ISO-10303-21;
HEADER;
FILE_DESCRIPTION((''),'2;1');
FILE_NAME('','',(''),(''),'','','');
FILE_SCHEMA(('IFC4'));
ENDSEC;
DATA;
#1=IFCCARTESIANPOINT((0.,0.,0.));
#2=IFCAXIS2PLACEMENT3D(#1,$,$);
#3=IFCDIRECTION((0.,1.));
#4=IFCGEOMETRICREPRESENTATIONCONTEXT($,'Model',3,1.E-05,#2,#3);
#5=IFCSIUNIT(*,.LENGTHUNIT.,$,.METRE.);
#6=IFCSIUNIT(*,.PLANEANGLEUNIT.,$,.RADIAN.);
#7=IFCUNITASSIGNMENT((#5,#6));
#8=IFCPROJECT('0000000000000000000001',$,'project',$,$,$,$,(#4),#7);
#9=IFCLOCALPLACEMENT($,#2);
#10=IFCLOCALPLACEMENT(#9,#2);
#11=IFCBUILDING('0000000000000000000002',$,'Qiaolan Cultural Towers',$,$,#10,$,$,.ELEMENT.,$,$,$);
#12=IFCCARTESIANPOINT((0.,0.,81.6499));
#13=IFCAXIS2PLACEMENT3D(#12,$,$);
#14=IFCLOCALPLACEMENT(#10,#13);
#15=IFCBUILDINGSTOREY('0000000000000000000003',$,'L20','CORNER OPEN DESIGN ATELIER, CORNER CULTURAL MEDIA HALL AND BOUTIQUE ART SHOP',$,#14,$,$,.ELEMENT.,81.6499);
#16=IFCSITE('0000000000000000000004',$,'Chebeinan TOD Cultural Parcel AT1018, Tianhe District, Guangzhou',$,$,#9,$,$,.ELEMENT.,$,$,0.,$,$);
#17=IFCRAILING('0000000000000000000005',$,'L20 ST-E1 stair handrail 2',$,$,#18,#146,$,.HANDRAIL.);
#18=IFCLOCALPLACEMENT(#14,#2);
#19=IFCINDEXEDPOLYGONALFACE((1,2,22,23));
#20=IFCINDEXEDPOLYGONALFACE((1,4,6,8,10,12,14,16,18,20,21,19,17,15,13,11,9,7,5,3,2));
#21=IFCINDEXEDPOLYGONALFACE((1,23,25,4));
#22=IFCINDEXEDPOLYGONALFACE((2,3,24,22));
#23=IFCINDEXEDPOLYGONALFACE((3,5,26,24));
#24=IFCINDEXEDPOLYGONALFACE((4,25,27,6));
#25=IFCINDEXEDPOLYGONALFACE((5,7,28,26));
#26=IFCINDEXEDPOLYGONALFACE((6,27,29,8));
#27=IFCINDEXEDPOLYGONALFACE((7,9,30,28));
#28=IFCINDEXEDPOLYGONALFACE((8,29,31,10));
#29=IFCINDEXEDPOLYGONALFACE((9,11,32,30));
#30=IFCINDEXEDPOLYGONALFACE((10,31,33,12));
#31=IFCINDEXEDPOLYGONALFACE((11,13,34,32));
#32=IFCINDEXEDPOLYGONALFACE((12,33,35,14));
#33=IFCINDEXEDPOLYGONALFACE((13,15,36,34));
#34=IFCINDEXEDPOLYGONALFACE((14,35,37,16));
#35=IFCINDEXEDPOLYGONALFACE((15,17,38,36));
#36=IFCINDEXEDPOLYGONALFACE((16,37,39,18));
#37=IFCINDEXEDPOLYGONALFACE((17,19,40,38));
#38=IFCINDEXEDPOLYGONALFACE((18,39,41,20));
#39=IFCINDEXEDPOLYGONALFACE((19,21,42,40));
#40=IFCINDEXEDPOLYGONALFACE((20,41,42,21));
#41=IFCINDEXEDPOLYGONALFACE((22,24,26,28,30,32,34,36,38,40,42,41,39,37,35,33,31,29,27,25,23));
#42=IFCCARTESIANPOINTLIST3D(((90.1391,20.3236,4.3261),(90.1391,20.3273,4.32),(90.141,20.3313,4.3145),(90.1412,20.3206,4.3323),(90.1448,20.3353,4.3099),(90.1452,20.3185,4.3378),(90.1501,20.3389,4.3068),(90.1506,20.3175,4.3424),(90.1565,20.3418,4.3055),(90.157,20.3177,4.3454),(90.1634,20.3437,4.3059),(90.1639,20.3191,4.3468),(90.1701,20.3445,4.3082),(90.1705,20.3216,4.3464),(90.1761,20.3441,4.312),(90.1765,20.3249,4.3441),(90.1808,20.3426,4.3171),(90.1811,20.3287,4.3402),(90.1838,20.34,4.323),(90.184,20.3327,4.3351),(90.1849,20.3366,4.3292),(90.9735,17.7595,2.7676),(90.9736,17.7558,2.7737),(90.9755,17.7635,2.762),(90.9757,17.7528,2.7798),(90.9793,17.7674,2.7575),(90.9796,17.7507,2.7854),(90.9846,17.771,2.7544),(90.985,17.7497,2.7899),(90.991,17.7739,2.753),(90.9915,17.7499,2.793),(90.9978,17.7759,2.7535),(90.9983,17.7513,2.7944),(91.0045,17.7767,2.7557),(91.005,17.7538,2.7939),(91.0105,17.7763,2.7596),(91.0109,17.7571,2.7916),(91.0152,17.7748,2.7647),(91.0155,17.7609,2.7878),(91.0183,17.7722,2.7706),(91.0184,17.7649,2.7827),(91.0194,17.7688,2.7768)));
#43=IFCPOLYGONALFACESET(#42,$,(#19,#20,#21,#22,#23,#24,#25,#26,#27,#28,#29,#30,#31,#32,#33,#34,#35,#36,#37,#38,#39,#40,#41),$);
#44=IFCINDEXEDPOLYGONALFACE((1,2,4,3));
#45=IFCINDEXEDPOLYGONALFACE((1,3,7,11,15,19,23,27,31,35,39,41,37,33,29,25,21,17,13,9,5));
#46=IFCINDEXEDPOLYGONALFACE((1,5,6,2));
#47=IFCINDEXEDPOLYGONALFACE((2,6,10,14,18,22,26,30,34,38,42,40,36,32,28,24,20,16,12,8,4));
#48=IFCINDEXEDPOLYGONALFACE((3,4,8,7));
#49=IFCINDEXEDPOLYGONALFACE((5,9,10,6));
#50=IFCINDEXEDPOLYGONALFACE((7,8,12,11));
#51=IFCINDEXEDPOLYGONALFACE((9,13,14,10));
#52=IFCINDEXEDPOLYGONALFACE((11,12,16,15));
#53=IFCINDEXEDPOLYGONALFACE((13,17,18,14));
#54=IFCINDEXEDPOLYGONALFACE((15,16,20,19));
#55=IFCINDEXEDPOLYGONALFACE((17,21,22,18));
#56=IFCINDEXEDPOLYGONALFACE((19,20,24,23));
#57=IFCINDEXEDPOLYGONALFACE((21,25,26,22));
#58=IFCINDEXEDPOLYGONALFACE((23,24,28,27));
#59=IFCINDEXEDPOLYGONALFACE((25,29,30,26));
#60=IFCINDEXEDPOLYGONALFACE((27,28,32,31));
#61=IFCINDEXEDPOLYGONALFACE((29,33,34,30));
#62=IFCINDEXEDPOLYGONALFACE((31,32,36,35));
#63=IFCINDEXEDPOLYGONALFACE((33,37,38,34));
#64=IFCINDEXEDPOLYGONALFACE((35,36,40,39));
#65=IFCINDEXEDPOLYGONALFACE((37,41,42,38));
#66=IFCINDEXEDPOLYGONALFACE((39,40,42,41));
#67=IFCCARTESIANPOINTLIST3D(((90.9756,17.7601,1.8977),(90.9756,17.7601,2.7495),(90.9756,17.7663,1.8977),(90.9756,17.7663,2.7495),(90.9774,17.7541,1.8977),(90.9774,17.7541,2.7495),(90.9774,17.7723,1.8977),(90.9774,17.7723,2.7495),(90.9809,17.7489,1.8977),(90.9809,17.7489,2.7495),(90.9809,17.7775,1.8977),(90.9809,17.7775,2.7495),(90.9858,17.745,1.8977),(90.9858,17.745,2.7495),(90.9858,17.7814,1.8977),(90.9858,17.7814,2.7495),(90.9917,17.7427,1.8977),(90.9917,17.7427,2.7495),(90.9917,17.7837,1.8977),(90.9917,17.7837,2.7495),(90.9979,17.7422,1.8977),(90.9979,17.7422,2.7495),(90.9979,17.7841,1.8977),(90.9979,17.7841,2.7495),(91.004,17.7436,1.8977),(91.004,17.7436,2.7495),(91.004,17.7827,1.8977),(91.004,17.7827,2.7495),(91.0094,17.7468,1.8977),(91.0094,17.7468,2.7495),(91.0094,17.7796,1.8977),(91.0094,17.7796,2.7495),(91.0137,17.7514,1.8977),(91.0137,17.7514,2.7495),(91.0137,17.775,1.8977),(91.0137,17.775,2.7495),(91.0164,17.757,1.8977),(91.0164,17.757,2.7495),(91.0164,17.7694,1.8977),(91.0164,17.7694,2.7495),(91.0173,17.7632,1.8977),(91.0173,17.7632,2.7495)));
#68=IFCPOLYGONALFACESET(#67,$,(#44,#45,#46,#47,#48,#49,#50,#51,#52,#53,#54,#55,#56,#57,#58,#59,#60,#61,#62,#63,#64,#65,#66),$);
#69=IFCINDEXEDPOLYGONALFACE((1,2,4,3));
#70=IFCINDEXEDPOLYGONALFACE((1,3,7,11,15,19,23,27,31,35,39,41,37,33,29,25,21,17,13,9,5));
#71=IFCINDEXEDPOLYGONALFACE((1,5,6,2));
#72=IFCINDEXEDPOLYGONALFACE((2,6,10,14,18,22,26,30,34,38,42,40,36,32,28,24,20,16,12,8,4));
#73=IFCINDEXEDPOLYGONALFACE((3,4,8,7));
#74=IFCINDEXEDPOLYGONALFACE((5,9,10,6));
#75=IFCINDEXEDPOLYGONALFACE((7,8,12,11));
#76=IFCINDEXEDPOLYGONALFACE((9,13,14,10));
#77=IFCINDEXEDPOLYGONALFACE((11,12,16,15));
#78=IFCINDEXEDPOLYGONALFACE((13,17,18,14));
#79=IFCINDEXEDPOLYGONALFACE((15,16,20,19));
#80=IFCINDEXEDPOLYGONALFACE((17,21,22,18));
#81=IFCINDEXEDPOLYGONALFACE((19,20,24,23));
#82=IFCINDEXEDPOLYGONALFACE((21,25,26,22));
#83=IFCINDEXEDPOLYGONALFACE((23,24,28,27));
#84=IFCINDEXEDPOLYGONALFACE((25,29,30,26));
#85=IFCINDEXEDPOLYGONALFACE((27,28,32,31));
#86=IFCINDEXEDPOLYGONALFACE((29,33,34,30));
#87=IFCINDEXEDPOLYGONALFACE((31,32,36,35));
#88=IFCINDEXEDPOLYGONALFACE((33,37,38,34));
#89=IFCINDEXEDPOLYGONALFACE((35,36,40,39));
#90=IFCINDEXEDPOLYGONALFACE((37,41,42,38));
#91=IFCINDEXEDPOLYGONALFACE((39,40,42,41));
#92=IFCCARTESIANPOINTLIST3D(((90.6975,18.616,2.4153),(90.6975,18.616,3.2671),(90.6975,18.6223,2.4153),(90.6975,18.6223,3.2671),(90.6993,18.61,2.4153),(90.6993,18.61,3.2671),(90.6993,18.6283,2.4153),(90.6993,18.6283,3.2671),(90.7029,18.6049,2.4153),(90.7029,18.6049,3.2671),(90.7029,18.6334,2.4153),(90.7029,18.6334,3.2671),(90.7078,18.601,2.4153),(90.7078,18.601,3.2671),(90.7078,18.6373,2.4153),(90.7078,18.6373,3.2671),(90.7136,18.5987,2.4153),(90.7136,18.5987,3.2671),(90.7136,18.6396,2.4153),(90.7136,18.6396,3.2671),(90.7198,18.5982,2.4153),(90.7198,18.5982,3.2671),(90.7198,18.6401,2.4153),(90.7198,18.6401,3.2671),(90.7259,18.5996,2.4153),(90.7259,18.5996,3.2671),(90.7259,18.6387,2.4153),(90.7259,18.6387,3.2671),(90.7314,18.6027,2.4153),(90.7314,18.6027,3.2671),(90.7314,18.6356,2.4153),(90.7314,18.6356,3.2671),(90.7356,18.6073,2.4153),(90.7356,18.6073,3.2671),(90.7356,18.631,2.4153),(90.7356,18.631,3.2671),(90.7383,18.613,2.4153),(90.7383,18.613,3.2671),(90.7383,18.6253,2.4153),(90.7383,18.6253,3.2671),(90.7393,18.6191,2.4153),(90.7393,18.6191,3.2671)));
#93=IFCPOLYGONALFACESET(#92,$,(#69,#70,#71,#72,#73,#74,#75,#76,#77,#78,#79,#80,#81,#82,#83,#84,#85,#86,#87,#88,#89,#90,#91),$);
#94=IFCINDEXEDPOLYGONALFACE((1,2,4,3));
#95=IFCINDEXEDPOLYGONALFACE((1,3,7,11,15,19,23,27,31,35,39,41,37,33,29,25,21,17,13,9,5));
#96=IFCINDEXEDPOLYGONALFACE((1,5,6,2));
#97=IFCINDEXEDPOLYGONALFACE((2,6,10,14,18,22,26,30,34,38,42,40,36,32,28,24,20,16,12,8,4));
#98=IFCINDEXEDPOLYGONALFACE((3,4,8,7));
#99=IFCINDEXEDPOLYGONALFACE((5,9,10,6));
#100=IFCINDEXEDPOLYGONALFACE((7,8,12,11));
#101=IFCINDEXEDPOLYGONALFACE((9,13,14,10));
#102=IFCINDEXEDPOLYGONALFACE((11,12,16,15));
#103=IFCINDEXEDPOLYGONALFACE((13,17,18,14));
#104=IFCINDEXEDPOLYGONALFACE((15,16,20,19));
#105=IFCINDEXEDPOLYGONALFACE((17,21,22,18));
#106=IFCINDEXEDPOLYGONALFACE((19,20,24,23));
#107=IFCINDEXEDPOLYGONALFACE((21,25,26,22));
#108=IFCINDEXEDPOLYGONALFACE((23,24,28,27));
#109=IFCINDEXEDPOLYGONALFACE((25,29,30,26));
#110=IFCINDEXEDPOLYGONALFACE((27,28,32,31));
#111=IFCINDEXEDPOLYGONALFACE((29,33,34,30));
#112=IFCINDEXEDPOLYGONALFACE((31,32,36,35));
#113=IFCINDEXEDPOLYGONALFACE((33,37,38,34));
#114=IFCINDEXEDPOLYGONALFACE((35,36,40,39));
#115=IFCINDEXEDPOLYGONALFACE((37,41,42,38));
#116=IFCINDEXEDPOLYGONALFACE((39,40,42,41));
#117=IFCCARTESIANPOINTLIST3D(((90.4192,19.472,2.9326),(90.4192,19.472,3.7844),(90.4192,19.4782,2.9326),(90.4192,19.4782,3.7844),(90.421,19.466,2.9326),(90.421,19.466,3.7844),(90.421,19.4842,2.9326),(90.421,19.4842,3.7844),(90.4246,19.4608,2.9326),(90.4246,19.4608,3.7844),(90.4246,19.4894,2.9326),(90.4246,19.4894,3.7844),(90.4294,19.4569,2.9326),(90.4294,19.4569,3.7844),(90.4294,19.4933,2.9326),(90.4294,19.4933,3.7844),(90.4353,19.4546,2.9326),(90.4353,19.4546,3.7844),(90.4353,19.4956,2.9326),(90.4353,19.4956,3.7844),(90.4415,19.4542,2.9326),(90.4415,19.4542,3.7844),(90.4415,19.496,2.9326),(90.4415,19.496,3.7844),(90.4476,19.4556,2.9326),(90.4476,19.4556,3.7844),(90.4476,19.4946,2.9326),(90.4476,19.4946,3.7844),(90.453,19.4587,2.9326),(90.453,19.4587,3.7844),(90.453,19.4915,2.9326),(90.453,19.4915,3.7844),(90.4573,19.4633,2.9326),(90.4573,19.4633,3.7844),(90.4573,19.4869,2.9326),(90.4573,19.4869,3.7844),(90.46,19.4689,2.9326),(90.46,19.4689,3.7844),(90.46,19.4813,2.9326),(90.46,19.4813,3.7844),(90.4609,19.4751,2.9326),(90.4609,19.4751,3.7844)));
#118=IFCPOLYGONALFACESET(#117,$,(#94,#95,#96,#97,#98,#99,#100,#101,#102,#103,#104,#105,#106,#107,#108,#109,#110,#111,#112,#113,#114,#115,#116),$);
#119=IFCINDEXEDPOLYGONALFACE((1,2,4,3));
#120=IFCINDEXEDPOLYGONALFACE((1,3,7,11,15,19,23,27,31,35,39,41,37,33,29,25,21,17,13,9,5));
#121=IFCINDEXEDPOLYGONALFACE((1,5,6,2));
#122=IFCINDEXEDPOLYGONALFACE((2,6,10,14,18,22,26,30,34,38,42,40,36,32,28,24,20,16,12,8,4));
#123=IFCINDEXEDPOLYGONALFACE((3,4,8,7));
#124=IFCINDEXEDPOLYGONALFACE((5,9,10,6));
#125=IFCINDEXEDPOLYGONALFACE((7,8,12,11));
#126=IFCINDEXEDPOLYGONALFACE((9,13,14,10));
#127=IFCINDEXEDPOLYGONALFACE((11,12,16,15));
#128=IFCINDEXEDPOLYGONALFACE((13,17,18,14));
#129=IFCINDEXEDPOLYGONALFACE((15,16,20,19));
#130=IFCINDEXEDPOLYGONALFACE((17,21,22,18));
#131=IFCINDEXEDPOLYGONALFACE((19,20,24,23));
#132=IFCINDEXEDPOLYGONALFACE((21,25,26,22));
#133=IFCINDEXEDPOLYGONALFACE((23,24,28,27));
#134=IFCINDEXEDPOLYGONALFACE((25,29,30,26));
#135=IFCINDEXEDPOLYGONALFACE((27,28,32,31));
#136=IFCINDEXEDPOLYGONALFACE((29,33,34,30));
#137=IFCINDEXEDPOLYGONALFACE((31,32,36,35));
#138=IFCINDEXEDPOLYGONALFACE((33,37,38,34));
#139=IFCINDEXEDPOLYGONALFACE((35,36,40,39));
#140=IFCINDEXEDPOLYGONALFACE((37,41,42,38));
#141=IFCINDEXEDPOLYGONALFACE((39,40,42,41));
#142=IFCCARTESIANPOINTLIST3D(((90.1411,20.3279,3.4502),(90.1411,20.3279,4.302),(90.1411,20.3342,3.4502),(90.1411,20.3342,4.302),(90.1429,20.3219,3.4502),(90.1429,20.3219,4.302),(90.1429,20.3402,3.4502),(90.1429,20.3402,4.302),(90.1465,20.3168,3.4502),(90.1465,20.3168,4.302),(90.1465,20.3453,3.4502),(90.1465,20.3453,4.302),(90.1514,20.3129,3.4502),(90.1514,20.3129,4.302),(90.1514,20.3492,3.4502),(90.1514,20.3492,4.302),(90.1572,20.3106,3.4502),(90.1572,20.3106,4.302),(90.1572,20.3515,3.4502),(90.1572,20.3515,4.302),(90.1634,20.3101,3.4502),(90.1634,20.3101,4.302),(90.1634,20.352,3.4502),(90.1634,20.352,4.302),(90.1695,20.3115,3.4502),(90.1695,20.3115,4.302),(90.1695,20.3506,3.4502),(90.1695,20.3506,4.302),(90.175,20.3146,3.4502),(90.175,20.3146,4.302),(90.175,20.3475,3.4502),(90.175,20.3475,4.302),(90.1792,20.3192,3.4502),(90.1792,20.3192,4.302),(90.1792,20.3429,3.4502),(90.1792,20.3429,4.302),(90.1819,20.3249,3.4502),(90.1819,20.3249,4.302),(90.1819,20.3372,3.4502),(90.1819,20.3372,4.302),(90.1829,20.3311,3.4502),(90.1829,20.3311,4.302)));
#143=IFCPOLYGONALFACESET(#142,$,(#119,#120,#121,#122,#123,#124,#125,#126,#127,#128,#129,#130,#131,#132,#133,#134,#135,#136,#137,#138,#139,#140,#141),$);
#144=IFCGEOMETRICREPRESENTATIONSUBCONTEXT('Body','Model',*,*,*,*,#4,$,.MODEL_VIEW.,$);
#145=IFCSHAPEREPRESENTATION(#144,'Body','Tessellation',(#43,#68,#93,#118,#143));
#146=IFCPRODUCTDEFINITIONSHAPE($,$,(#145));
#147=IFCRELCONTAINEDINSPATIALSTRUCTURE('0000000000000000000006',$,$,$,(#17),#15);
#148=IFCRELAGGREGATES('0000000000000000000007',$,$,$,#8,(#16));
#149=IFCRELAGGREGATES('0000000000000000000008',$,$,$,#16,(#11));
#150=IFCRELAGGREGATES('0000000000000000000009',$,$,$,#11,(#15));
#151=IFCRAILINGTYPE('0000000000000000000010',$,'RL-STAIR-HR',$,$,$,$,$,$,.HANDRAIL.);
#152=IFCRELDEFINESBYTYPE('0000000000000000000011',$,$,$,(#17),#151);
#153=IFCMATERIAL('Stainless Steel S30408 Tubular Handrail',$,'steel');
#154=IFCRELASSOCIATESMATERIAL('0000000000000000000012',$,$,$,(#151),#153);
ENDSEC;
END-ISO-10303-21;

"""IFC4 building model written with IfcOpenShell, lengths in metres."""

from ifc_helpers import new_model, si_unit, direction, frame, origin, origin_2d, place, context, subcontext, project, spatial, circle, extrude, material, type_object, element, save


model = new_model("IFC4")

# Units and contexts
model_context = context("Model", 3, precision=1e-05, world=origin(), true_north=direction((0.0, 1.0)))
body_context = subcontext(model_context, "Body", "Model", "MODEL_VIEW")
ifc_project = project(units=[si_unit("LENGTHUNIT", "METRE"), si_unit("PLANEANGLEUNIT", "RADIAN")], contexts=[model_context])

# Site, building, storey
site_placement = place(None, origin())
site = spatial("IfcSite", under=ifc_project, at=site_placement, Name="Chebeinan TOD Cultural Parcel AT1018, Tianhe District, Guangzhou", CompositionType="ELEMENT", RefElevation=0.0)
building_placement = place(site_placement, origin())
building = spatial("IfcBuilding", under=site, at=building_placement, Name="Qiaolan Cultural Towers", CompositionType="ELEMENT")
storey_placement = place(building_placement, frame((0.0, 0.0, 81.6499)))
storey = spatial("IfcBuildingStorey", under=building, at=storey_placement, Name="L20", Description="CORNER OPEN DESIGN ATELIER, CORNER CULTURAL MEDIA HALL AND BOUTIQUE ART SHOP", CompositionType="ELEMENT", Elevation=81.6499)

# Railing
ifc_material_1 = material(Name="Stainless Steel S30408 Tubular Handrail", Category="steel")
railing_type_1 = type_object("IfcRailingType", Name="RL-STAIR-HR", PredefinedType="HANDRAIL", material=ifc_material_1)
railing_1_placement = place(storey_placement, frame((90.9963, 17.7632, 1.8977)))
element("IfcRailing", 1, at=railing_1_placement, inside=storey, type_object=railing_type_1, Name="L20 ST-E1 stair handrail 2", PredefinedType="HANDRAIL", context=body_context, shape_type="SweptSolid", body=[
    extrude(circle(Radius=0.0239, at=origin_2d()), frame((0.0, 0.0, 0.876), z_axis=(-0.267926, 0.824471, 0.498461), x_axis=(-0.951043, -0.309057, 0.0)), (0.0, 0.0, 1.0), 3.1145),
    extrude(circle(Radius=0.021, at=origin_2d()), origin(), (0.0, 0.0, 1.0), 0.8518),
    extrude(circle(Radius=0.021, at=origin_2d()), frame((-0.2781, 0.856, 0.5176)), (0.0, 0.0, 1.0), 0.8518),
    extrude(circle(Radius=0.021, at=origin_2d()), frame((-0.5564, 1.7119, 1.0349)), (0.0, 0.0, 1.0), 0.8518),
    extrude(circle(Radius=0.021, at=origin_2d()), frame((-0.8345, 2.5679, 1.5525)), (0.0, 0.0, 1.0), 0.8518),
])

save(model, "model.ifc")
